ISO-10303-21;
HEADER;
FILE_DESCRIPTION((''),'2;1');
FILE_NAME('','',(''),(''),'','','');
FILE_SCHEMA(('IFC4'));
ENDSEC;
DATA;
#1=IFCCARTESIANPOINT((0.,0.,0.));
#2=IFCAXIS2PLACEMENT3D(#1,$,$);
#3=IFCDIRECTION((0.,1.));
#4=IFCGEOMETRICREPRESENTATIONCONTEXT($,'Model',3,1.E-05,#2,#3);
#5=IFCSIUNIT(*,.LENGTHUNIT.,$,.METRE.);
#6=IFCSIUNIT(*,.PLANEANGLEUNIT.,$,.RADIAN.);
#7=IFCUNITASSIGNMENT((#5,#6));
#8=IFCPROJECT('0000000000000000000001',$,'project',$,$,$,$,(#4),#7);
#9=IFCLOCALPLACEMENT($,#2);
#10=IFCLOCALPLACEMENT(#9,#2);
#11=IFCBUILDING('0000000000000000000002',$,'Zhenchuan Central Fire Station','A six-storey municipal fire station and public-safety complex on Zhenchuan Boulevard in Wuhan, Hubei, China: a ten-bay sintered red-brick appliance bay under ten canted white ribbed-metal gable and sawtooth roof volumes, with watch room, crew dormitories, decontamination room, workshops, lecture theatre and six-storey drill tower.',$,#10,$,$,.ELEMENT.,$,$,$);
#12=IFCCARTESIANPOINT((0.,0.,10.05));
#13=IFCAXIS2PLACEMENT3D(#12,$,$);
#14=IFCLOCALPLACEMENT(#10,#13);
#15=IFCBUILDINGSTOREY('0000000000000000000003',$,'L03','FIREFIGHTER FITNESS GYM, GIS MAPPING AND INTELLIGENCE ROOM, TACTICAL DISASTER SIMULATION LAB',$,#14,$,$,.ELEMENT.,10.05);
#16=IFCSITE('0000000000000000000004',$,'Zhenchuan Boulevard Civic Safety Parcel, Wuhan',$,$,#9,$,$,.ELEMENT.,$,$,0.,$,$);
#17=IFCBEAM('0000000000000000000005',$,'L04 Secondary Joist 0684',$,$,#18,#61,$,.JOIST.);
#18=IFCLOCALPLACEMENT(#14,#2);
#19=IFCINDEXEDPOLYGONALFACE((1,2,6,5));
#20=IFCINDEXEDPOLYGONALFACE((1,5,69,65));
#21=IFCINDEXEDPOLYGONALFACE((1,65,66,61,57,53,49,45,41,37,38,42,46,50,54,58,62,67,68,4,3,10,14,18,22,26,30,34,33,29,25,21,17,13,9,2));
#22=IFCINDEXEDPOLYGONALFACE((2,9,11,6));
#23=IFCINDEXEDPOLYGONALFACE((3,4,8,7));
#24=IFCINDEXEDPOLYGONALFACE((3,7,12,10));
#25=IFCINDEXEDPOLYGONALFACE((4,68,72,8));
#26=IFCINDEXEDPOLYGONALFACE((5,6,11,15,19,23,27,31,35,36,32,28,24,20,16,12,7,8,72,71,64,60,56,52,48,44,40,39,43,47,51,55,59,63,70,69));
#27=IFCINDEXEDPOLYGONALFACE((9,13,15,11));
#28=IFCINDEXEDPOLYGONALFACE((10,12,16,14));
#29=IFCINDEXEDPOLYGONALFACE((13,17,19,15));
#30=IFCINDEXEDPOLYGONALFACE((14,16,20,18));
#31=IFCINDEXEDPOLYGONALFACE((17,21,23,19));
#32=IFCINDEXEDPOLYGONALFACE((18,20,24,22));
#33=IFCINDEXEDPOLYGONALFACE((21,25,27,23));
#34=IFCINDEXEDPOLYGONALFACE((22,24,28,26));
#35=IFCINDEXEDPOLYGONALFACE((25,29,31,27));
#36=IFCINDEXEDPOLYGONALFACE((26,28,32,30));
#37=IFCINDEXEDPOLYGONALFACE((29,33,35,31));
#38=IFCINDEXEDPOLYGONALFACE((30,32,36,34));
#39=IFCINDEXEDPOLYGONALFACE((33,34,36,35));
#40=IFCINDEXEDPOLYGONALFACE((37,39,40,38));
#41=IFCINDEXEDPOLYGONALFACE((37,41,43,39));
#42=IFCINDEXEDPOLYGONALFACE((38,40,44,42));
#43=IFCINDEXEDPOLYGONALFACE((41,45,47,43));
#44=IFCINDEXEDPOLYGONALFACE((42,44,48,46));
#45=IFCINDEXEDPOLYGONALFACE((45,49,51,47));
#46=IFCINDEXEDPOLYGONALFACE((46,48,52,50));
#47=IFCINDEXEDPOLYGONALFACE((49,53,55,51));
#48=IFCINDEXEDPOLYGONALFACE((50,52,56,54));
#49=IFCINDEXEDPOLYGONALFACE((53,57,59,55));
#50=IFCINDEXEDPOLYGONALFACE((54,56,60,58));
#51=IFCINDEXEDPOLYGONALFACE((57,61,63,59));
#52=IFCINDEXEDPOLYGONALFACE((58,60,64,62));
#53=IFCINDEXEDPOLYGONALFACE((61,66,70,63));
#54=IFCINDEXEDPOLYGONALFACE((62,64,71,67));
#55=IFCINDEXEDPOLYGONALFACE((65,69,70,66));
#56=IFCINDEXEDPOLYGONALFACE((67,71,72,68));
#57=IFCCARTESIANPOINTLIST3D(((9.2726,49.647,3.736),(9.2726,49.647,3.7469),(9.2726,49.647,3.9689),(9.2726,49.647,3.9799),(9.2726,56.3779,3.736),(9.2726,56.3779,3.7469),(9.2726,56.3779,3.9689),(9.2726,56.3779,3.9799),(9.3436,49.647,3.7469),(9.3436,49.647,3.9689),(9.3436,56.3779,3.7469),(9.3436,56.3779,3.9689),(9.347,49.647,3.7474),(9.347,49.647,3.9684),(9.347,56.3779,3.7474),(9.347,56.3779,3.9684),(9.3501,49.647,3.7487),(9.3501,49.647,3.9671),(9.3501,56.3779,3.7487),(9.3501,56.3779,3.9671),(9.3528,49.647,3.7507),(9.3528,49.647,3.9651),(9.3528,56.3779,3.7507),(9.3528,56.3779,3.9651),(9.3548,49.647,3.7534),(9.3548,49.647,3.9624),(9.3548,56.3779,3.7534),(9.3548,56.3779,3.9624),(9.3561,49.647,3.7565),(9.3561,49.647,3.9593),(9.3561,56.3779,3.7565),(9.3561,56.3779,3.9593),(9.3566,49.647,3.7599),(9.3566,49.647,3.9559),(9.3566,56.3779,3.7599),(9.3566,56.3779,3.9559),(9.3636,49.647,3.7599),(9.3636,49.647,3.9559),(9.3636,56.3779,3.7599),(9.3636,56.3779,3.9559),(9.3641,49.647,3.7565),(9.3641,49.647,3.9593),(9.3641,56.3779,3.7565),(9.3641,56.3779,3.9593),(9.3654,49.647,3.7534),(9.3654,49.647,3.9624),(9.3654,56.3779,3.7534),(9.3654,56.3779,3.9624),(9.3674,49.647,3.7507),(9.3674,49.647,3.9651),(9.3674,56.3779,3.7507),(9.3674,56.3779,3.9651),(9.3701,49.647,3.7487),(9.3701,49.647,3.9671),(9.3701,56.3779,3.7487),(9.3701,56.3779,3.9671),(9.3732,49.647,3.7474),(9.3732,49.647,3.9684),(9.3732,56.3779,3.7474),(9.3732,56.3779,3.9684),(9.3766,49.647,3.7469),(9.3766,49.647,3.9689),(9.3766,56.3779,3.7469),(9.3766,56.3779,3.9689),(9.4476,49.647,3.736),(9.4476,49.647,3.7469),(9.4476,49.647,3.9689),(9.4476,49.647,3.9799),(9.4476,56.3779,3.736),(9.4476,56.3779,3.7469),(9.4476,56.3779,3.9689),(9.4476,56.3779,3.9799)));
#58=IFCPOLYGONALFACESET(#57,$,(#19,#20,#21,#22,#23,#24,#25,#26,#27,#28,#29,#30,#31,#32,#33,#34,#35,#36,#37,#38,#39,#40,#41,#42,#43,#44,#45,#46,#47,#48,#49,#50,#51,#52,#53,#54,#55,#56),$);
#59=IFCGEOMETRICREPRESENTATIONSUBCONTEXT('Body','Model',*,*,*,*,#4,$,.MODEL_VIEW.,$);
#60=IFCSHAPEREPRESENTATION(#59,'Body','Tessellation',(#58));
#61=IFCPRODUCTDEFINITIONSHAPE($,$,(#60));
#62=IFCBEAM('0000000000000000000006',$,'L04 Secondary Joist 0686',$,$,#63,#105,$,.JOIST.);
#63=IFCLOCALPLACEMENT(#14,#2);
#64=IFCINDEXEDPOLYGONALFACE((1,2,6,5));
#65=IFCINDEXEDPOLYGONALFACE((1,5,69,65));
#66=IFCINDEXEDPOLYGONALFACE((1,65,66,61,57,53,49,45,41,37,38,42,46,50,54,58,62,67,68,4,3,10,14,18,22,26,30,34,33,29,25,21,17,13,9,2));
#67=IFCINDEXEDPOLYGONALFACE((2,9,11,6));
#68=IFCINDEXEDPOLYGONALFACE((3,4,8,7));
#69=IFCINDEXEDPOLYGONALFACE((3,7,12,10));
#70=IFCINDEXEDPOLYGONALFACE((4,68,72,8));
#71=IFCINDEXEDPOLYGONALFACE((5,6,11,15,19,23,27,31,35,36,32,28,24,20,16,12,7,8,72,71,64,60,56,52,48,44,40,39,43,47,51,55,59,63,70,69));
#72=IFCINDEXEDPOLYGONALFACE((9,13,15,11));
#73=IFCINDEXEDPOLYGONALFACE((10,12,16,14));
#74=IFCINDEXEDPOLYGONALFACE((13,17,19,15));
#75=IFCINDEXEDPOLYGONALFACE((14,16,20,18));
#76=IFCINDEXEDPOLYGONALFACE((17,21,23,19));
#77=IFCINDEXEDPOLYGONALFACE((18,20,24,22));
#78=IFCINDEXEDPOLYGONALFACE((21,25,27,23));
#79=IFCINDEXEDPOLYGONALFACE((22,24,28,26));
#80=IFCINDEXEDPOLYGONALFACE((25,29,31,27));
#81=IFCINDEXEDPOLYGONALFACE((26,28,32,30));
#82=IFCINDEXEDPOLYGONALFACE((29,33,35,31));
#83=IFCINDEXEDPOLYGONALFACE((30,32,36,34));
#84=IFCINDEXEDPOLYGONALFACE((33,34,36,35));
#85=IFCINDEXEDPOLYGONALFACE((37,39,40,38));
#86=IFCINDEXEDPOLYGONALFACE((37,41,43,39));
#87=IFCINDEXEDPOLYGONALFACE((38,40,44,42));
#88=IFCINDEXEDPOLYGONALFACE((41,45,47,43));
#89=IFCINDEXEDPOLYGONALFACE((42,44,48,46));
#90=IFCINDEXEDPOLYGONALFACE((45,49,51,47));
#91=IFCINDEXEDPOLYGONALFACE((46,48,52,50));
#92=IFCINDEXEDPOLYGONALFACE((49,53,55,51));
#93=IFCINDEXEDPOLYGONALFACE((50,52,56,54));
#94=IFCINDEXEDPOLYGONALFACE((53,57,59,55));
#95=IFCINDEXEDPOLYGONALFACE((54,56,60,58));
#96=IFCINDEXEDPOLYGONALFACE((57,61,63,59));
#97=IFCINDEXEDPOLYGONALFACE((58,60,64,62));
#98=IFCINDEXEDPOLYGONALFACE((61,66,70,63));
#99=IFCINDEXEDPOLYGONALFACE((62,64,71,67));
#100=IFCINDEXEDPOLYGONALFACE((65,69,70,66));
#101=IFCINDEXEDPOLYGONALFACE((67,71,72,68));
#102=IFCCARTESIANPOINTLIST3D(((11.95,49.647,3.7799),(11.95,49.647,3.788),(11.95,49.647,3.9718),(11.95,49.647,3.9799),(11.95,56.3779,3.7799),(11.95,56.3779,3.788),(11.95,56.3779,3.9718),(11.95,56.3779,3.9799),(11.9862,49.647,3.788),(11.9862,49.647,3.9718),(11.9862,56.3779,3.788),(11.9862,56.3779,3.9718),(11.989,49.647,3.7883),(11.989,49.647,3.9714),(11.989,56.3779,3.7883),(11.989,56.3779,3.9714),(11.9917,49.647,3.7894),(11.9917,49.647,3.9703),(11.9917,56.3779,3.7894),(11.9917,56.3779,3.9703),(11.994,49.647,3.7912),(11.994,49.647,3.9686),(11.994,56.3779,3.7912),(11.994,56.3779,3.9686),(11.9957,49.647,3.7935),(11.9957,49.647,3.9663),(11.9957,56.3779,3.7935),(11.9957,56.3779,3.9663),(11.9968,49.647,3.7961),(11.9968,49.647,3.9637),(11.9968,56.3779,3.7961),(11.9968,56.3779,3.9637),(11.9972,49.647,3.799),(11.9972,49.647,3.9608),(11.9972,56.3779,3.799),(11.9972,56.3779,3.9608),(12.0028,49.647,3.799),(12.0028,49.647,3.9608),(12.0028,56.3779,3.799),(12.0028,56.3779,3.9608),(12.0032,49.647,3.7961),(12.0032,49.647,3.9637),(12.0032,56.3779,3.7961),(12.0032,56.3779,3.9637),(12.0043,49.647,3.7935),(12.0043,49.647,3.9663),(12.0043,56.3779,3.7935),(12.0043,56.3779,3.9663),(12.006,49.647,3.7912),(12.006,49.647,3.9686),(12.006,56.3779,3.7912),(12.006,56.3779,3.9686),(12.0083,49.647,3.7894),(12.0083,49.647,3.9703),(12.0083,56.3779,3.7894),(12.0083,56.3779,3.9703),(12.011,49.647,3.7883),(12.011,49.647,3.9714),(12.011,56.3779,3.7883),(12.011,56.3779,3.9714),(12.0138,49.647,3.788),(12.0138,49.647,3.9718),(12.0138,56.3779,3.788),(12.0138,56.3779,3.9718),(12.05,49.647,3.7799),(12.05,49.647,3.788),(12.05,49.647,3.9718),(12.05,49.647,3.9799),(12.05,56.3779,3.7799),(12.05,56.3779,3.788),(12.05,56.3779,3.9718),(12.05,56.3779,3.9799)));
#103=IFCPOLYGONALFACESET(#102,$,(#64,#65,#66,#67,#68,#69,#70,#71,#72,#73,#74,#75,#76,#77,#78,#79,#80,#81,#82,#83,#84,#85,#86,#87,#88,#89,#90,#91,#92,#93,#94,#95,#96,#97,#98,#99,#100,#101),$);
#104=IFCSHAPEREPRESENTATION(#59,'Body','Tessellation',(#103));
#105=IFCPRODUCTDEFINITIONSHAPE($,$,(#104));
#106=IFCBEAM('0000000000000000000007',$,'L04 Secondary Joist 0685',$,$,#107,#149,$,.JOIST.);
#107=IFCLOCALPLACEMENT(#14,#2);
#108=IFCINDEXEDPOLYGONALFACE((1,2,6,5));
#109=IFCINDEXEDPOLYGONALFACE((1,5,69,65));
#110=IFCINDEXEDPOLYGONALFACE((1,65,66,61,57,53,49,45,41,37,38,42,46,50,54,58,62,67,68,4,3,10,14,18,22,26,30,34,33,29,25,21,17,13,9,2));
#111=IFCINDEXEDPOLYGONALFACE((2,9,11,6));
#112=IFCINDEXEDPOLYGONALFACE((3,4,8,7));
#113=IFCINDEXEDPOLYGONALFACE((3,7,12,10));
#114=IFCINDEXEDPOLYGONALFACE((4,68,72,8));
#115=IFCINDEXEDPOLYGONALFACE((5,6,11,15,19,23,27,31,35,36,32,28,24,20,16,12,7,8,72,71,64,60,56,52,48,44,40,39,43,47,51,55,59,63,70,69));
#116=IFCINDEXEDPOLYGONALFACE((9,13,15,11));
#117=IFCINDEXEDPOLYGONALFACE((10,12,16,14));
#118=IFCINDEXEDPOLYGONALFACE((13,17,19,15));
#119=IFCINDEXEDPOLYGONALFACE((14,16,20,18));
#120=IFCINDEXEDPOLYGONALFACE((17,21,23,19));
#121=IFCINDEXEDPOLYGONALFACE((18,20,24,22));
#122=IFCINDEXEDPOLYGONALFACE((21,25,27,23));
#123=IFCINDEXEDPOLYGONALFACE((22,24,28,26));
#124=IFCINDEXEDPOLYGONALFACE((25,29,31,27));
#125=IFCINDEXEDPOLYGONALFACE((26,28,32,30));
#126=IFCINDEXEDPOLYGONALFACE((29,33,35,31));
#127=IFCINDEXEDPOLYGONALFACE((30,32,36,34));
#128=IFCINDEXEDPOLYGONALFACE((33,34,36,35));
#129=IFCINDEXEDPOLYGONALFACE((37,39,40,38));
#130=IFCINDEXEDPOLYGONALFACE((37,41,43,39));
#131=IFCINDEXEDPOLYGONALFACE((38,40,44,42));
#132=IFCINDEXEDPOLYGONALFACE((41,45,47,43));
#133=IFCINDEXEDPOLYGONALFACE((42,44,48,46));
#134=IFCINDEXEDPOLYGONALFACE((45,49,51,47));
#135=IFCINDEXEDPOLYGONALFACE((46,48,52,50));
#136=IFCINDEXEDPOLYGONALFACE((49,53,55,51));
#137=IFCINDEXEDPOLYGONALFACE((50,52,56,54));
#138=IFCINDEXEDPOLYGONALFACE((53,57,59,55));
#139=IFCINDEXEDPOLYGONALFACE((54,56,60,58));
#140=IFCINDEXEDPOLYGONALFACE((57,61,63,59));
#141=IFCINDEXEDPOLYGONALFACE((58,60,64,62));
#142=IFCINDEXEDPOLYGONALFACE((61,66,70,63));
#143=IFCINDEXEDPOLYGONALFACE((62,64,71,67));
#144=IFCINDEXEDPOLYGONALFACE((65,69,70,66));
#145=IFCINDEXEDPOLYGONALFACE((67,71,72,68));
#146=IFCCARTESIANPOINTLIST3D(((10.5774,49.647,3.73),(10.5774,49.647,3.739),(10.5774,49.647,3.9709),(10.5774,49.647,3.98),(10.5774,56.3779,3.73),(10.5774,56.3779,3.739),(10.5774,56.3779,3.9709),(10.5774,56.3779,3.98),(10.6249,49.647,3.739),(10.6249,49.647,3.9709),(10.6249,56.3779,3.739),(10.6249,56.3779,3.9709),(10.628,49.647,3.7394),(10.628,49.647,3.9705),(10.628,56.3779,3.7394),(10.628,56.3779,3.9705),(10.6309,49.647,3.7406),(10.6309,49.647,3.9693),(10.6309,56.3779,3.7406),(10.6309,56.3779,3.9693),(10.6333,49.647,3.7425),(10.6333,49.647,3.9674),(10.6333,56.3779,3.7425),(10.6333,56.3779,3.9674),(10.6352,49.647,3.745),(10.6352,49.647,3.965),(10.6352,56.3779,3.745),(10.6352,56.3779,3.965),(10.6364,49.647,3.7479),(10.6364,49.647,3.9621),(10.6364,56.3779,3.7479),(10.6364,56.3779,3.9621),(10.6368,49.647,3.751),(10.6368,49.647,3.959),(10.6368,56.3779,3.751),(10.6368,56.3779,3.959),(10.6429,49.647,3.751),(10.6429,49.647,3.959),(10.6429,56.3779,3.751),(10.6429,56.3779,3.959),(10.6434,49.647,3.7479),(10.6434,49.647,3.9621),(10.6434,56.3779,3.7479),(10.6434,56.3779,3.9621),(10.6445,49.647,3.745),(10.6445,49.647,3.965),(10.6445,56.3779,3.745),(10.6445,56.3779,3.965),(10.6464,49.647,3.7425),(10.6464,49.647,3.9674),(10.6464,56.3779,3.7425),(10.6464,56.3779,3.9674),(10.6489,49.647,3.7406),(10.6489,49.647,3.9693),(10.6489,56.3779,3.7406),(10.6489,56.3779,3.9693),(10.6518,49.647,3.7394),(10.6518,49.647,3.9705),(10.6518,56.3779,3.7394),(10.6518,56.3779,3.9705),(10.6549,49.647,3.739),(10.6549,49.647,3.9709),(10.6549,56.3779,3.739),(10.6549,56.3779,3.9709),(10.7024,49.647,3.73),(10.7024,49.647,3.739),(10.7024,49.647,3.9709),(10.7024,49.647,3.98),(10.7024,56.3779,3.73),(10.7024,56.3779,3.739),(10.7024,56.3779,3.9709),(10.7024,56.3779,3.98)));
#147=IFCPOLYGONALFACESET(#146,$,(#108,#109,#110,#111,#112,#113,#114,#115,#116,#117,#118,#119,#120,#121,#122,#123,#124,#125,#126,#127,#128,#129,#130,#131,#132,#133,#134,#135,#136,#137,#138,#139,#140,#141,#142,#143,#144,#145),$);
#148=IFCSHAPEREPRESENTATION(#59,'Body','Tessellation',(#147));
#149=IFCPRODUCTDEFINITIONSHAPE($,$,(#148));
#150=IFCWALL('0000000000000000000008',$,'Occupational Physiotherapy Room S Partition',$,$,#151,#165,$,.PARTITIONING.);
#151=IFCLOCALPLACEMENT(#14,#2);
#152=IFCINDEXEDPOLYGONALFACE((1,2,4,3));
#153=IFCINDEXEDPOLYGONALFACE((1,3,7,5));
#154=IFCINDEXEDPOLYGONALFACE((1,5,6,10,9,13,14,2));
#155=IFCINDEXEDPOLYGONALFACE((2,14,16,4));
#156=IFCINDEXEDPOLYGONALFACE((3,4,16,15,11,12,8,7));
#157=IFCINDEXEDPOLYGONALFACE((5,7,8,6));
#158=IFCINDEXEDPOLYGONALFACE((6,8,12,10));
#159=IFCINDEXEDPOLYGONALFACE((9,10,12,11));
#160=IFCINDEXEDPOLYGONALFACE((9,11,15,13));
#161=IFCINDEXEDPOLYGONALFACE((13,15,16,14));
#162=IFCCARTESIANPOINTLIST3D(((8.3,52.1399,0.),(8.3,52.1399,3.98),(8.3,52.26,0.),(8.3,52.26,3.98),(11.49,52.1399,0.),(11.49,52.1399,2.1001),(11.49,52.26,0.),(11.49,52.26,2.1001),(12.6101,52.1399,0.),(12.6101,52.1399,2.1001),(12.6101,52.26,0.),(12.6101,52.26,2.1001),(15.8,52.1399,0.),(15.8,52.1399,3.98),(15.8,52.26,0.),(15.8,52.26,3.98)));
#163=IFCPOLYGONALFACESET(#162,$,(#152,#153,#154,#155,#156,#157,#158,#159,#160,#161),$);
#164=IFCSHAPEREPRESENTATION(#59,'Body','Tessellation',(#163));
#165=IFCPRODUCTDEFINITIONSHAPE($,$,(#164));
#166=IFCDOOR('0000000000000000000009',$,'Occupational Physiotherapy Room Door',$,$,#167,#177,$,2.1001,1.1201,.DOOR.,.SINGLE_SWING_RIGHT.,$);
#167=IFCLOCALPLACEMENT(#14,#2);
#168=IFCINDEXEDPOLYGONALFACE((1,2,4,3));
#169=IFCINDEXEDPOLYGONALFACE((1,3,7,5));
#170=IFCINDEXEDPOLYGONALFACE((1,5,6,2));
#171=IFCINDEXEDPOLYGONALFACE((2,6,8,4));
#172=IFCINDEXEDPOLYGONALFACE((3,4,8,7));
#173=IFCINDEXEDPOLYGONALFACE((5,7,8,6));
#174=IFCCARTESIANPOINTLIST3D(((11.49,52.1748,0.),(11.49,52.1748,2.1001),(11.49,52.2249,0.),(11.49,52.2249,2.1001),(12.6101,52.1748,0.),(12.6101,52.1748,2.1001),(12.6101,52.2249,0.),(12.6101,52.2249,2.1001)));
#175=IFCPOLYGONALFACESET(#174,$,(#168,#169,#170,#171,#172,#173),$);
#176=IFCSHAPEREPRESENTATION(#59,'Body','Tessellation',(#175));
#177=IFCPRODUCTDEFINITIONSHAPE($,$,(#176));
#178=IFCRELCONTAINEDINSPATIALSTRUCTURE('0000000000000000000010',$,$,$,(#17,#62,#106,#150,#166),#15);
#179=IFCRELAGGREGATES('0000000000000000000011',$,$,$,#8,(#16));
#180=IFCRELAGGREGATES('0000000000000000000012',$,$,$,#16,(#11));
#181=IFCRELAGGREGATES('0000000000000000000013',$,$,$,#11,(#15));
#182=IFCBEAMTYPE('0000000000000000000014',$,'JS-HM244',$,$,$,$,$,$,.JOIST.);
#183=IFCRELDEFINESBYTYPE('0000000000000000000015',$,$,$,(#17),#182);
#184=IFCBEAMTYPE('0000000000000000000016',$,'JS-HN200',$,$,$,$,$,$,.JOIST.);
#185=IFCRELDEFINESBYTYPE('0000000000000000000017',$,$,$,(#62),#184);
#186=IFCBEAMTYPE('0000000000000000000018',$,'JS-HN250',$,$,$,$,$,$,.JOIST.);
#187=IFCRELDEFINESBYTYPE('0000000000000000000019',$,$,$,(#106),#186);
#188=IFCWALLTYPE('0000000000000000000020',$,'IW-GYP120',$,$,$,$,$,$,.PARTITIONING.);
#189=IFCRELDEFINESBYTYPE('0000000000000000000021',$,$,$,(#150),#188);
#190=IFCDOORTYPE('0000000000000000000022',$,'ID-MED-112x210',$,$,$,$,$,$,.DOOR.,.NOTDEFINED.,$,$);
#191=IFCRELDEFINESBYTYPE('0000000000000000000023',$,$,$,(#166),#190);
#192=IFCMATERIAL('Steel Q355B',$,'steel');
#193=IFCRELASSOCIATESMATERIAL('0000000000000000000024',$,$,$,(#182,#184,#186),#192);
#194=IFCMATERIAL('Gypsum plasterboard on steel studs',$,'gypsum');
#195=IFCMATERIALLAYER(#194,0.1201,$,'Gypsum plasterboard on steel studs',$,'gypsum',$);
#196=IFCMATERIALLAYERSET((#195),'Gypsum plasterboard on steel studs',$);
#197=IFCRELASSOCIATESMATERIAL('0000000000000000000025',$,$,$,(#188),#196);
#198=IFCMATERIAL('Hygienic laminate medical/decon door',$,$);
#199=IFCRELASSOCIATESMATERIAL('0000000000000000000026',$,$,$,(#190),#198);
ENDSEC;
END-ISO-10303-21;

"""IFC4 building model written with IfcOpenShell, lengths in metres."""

from ifc_helpers import new_model, si_unit, direction, frame, frame_2d, origin, origin_2d, place, context, subcontext, project, spatial, rectangle, i_section, extrude, material, layer, layer_set, material_profile, profile_set, type_object, element, fill, save


model = new_model("IFC4")

# Units and contexts
model_context = context("Model", 3, precision=1e-05, world=origin(), true_north=direction((0.0, 1.0)))
body_context = subcontext(model_context, "Body", "Model", "MODEL_VIEW")
ifc_project = project(units=[si_unit("LENGTHUNIT", "METRE"), si_unit("PLANEANGLEUNIT", "RADIAN")], contexts=[model_context])

# Site, building, storey
site_placement = place(None, origin())
site = spatial("IfcSite", under=ifc_project, at=site_placement, Name="Zhenchuan Boulevard Civic Safety Parcel, Wuhan", CompositionType="ELEMENT", RefElevation=0.0)
building_placement = place(site_placement, origin())
building = spatial("IfcBuilding", under=site, at=building_placement, Name="Zhenchuan Central Fire Station", Description="A six-storey municipal fire station and public-safety complex on Zhenchuan Boulevard in Wuhan, Hubei, China: a ten-bay sintered red-brick appliance bay under ten canted white ribbed-metal gable and sawtooth roof volumes, with watch room, crew dormitories, decontamination room, workshops, lecture theatre and six-storey drill tower.", CompositionType="ELEMENT")
storey_placement = place(building_placement, frame((0.0, 0.0, 10.05)))
storey = spatial("IfcBuildingStorey", under=building, at=storey_placement, Name="L03", Description="FIREFIGHTER FITNESS GYM, GIS MAPPING AND INTELLIGENCE ROOM, TACTICAL DISASTER SIMULATION LAB", CompositionType="ELEMENT", Elevation=10.05)

# Shared definitions
ifc_material_1 = material(Name="Steel Q355B", Category="steel")

# Beams
ifc_material_profile_1 = material_profile(ifc_material_1, i_section(OverallWidth=0.175, OverallDepth=0.2439, WebThickness=0.0071, FlangeThickness=0.011, FilletRadius=0.0129, at=origin_2d()), Name="HM 244x175")
ifc_profile_set_1 = profile_set([ifc_material_profile_1], Name="Steel Q355B")
beam_type_1 = type_object("IfcBeamType", Name="JS-HM244", PredefinedType="JOIST", material=ifc_profile_set_1)
beam_1_placement = place(storey_placement, frame((9.3601, 49.647, 3.8579), z_axis=(0.0, 1.0, 0.0), x_axis=(-1.0, 0.0, 0.0)))
element("IfcBeam", 1, at=beam_1_placement, inside=storey, type_object=beam_type_1, Name="L04 Secondary Joist 0684", PredefinedType="JOIST", context=body_context, shape_type="SweptSolid", body=[
    extrude(i_section(OverallWidth=0.175, OverallDepth=0.2439, WebThickness=0.0071, FlangeThickness=0.011, FilletRadius=0.0129, at=origin_2d()), origin(), (0.0, 0.0, 1.0), 6.731),
])
ifc_material_profile_2 = material_profile(ifc_material_1, i_section(OverallWidth=0.1001, OverallDepth=0.2, WebThickness=0.0056, FlangeThickness=0.0081, FilletRadius=0.011, at=origin_2d()), Name="HN 200x100")
ifc_profile_set_2 = profile_set([ifc_material_profile_2], Name="Steel Q355B")
beam_type_2 = type_object("IfcBeamType", Name="JS-HN200", PredefinedType="JOIST", material=ifc_profile_set_2)
beam_2_placement = place(storey_placement, frame((12.0, 49.647, 3.8799), z_axis=(0.0, 1.0, 0.0), x_axis=(-1.0, 0.0, 0.0)))
element("IfcBeam", 2, at=beam_2_placement, inside=storey, type_object=beam_type_2, Name="L04 Secondary Joist 0686", PredefinedType="JOIST", context=body_context, shape_type="SweptSolid", body=[
    extrude(i_section(OverallWidth=0.1001, OverallDepth=0.2, WebThickness=0.0056, FlangeThickness=0.0081, FilletRadius=0.011, at=origin_2d()), origin(), (0.0, 0.0, 1.0), 6.731),
])
ifc_material_profile_3 = material_profile(ifc_material_1, i_section(OverallWidth=0.125, OverallDepth=0.25, WebThickness=0.0061, FlangeThickness=0.009, FilletRadius=0.012, at=origin_2d()), Name="HN 250x125")
ifc_profile_set_3 = profile_set([ifc_material_profile_3], Name="Steel Q355B")
beam_type_3 = type_object("IfcBeamType", Name="JS-HN250", PredefinedType="JOIST", material=ifc_profile_set_3)
beam_3_placement = place(storey_placement, frame((10.6399, 49.647, 3.855), z_axis=(0.0, 1.0, 0.0), x_axis=(-1.0, 0.0, 0.0)))
element("IfcBeam", 3, at=beam_3_placement, inside=storey, type_object=beam_type_3, Name="L04 Secondary Joist 0685", PredefinedType="JOIST", context=body_context, shape_type="SweptSolid", body=[
    extrude(i_section(OverallWidth=0.125, OverallDepth=0.25, WebThickness=0.0061, FlangeThickness=0.009, FilletRadius=0.012, at=origin_2d()), origin(), (0.0, 0.0, 1.0), 6.731),
])

# Wall, opening, door
ifc_material_2 = material(Name="Gypsum plasterboard on steel studs", Category="gypsum")
ifc_layer_1 = layer(ifc_material_2, 0.1201, Name="Gypsum plasterboard on steel studs", Category="gypsum")
ifc_layer_set_1 = layer_set([ifc_layer_1], Name="Gypsum plasterboard on steel studs")
wall_type_1 = type_object("IfcWallType", Name="IW-GYP120", PredefinedType="PARTITIONING", material=ifc_layer_set_1)
wall_1_placement = place(storey_placement, frame((8.3, 52.2, 0.0), z_axis=(0.0, 0.0, 1.0), x_axis=(1.0, 0.0, 0.0)))
wall_1 = element("IfcWall", 4, at=wall_1_placement, inside=storey, type_object=wall_type_1, Name="Occupational Physiotherapy Room S Partition", PredefinedType="PARTITIONING", context=body_context, shape_type="SweptSolid", body=[
    extrude(rectangle(XDim=7.5, YDim=0.1201, at=frame_2d((3.75, 0.0))), origin(), (0.0, 0.0, 1.0), 3.98),
])
opening_1_placement = place(wall_1_placement, frame((3.1899, 0.0, 0.0)))
opening_1 = element("IfcOpeningElement", 5, at=opening_1_placement, cuts=wall_1, PredefinedType="OPENING", context=body_context, shape_type="SweptSolid", body=[
    extrude(rectangle(XDim=1.1201, YDim=2.1001, at=frame_2d((0.5601, 1.05))), frame((0.0, 0.0701, 0.0), z_axis=(0.0, -1.0, 0.0), x_axis=(1.0, 0.0, 0.0)), (0.0, 0.0, 1.0), 0.1401),
])
ifc_material_3 = material(Name="Hygienic laminate medical/decon door")
door_type_1 = type_object("IfcDoorType", Name="ID-MED-112x210", OperationType="NOTDEFINED", PredefinedType="DOOR", material=ifc_material_3)
door_1_placement = place(opening_1_placement, origin())
door_1 = element("IfcDoor", 6, at=door_1_placement, inside=storey, type_object=door_type_1, Name="Occupational Physiotherapy Room Door", OperationType="SINGLE_SWING_RIGHT", OverallHeight=2.1001, OverallWidth=1.1201, PredefinedType="DOOR", context=body_context, shape_type="SweptSolid", body=[
    extrude(rectangle(XDim=1.1201, YDim=2.1001, at=frame_2d((0.5601, 1.05))), frame((0.0, 0.0249, 0.0), z_axis=(0.0, -1.0, 0.0), x_axis=(1.0, 0.0, 0.0)), (0.0, 0.0, 1.0), 0.05),
])
fill(opening_1, door_1)

save(model, "model.ifc")
